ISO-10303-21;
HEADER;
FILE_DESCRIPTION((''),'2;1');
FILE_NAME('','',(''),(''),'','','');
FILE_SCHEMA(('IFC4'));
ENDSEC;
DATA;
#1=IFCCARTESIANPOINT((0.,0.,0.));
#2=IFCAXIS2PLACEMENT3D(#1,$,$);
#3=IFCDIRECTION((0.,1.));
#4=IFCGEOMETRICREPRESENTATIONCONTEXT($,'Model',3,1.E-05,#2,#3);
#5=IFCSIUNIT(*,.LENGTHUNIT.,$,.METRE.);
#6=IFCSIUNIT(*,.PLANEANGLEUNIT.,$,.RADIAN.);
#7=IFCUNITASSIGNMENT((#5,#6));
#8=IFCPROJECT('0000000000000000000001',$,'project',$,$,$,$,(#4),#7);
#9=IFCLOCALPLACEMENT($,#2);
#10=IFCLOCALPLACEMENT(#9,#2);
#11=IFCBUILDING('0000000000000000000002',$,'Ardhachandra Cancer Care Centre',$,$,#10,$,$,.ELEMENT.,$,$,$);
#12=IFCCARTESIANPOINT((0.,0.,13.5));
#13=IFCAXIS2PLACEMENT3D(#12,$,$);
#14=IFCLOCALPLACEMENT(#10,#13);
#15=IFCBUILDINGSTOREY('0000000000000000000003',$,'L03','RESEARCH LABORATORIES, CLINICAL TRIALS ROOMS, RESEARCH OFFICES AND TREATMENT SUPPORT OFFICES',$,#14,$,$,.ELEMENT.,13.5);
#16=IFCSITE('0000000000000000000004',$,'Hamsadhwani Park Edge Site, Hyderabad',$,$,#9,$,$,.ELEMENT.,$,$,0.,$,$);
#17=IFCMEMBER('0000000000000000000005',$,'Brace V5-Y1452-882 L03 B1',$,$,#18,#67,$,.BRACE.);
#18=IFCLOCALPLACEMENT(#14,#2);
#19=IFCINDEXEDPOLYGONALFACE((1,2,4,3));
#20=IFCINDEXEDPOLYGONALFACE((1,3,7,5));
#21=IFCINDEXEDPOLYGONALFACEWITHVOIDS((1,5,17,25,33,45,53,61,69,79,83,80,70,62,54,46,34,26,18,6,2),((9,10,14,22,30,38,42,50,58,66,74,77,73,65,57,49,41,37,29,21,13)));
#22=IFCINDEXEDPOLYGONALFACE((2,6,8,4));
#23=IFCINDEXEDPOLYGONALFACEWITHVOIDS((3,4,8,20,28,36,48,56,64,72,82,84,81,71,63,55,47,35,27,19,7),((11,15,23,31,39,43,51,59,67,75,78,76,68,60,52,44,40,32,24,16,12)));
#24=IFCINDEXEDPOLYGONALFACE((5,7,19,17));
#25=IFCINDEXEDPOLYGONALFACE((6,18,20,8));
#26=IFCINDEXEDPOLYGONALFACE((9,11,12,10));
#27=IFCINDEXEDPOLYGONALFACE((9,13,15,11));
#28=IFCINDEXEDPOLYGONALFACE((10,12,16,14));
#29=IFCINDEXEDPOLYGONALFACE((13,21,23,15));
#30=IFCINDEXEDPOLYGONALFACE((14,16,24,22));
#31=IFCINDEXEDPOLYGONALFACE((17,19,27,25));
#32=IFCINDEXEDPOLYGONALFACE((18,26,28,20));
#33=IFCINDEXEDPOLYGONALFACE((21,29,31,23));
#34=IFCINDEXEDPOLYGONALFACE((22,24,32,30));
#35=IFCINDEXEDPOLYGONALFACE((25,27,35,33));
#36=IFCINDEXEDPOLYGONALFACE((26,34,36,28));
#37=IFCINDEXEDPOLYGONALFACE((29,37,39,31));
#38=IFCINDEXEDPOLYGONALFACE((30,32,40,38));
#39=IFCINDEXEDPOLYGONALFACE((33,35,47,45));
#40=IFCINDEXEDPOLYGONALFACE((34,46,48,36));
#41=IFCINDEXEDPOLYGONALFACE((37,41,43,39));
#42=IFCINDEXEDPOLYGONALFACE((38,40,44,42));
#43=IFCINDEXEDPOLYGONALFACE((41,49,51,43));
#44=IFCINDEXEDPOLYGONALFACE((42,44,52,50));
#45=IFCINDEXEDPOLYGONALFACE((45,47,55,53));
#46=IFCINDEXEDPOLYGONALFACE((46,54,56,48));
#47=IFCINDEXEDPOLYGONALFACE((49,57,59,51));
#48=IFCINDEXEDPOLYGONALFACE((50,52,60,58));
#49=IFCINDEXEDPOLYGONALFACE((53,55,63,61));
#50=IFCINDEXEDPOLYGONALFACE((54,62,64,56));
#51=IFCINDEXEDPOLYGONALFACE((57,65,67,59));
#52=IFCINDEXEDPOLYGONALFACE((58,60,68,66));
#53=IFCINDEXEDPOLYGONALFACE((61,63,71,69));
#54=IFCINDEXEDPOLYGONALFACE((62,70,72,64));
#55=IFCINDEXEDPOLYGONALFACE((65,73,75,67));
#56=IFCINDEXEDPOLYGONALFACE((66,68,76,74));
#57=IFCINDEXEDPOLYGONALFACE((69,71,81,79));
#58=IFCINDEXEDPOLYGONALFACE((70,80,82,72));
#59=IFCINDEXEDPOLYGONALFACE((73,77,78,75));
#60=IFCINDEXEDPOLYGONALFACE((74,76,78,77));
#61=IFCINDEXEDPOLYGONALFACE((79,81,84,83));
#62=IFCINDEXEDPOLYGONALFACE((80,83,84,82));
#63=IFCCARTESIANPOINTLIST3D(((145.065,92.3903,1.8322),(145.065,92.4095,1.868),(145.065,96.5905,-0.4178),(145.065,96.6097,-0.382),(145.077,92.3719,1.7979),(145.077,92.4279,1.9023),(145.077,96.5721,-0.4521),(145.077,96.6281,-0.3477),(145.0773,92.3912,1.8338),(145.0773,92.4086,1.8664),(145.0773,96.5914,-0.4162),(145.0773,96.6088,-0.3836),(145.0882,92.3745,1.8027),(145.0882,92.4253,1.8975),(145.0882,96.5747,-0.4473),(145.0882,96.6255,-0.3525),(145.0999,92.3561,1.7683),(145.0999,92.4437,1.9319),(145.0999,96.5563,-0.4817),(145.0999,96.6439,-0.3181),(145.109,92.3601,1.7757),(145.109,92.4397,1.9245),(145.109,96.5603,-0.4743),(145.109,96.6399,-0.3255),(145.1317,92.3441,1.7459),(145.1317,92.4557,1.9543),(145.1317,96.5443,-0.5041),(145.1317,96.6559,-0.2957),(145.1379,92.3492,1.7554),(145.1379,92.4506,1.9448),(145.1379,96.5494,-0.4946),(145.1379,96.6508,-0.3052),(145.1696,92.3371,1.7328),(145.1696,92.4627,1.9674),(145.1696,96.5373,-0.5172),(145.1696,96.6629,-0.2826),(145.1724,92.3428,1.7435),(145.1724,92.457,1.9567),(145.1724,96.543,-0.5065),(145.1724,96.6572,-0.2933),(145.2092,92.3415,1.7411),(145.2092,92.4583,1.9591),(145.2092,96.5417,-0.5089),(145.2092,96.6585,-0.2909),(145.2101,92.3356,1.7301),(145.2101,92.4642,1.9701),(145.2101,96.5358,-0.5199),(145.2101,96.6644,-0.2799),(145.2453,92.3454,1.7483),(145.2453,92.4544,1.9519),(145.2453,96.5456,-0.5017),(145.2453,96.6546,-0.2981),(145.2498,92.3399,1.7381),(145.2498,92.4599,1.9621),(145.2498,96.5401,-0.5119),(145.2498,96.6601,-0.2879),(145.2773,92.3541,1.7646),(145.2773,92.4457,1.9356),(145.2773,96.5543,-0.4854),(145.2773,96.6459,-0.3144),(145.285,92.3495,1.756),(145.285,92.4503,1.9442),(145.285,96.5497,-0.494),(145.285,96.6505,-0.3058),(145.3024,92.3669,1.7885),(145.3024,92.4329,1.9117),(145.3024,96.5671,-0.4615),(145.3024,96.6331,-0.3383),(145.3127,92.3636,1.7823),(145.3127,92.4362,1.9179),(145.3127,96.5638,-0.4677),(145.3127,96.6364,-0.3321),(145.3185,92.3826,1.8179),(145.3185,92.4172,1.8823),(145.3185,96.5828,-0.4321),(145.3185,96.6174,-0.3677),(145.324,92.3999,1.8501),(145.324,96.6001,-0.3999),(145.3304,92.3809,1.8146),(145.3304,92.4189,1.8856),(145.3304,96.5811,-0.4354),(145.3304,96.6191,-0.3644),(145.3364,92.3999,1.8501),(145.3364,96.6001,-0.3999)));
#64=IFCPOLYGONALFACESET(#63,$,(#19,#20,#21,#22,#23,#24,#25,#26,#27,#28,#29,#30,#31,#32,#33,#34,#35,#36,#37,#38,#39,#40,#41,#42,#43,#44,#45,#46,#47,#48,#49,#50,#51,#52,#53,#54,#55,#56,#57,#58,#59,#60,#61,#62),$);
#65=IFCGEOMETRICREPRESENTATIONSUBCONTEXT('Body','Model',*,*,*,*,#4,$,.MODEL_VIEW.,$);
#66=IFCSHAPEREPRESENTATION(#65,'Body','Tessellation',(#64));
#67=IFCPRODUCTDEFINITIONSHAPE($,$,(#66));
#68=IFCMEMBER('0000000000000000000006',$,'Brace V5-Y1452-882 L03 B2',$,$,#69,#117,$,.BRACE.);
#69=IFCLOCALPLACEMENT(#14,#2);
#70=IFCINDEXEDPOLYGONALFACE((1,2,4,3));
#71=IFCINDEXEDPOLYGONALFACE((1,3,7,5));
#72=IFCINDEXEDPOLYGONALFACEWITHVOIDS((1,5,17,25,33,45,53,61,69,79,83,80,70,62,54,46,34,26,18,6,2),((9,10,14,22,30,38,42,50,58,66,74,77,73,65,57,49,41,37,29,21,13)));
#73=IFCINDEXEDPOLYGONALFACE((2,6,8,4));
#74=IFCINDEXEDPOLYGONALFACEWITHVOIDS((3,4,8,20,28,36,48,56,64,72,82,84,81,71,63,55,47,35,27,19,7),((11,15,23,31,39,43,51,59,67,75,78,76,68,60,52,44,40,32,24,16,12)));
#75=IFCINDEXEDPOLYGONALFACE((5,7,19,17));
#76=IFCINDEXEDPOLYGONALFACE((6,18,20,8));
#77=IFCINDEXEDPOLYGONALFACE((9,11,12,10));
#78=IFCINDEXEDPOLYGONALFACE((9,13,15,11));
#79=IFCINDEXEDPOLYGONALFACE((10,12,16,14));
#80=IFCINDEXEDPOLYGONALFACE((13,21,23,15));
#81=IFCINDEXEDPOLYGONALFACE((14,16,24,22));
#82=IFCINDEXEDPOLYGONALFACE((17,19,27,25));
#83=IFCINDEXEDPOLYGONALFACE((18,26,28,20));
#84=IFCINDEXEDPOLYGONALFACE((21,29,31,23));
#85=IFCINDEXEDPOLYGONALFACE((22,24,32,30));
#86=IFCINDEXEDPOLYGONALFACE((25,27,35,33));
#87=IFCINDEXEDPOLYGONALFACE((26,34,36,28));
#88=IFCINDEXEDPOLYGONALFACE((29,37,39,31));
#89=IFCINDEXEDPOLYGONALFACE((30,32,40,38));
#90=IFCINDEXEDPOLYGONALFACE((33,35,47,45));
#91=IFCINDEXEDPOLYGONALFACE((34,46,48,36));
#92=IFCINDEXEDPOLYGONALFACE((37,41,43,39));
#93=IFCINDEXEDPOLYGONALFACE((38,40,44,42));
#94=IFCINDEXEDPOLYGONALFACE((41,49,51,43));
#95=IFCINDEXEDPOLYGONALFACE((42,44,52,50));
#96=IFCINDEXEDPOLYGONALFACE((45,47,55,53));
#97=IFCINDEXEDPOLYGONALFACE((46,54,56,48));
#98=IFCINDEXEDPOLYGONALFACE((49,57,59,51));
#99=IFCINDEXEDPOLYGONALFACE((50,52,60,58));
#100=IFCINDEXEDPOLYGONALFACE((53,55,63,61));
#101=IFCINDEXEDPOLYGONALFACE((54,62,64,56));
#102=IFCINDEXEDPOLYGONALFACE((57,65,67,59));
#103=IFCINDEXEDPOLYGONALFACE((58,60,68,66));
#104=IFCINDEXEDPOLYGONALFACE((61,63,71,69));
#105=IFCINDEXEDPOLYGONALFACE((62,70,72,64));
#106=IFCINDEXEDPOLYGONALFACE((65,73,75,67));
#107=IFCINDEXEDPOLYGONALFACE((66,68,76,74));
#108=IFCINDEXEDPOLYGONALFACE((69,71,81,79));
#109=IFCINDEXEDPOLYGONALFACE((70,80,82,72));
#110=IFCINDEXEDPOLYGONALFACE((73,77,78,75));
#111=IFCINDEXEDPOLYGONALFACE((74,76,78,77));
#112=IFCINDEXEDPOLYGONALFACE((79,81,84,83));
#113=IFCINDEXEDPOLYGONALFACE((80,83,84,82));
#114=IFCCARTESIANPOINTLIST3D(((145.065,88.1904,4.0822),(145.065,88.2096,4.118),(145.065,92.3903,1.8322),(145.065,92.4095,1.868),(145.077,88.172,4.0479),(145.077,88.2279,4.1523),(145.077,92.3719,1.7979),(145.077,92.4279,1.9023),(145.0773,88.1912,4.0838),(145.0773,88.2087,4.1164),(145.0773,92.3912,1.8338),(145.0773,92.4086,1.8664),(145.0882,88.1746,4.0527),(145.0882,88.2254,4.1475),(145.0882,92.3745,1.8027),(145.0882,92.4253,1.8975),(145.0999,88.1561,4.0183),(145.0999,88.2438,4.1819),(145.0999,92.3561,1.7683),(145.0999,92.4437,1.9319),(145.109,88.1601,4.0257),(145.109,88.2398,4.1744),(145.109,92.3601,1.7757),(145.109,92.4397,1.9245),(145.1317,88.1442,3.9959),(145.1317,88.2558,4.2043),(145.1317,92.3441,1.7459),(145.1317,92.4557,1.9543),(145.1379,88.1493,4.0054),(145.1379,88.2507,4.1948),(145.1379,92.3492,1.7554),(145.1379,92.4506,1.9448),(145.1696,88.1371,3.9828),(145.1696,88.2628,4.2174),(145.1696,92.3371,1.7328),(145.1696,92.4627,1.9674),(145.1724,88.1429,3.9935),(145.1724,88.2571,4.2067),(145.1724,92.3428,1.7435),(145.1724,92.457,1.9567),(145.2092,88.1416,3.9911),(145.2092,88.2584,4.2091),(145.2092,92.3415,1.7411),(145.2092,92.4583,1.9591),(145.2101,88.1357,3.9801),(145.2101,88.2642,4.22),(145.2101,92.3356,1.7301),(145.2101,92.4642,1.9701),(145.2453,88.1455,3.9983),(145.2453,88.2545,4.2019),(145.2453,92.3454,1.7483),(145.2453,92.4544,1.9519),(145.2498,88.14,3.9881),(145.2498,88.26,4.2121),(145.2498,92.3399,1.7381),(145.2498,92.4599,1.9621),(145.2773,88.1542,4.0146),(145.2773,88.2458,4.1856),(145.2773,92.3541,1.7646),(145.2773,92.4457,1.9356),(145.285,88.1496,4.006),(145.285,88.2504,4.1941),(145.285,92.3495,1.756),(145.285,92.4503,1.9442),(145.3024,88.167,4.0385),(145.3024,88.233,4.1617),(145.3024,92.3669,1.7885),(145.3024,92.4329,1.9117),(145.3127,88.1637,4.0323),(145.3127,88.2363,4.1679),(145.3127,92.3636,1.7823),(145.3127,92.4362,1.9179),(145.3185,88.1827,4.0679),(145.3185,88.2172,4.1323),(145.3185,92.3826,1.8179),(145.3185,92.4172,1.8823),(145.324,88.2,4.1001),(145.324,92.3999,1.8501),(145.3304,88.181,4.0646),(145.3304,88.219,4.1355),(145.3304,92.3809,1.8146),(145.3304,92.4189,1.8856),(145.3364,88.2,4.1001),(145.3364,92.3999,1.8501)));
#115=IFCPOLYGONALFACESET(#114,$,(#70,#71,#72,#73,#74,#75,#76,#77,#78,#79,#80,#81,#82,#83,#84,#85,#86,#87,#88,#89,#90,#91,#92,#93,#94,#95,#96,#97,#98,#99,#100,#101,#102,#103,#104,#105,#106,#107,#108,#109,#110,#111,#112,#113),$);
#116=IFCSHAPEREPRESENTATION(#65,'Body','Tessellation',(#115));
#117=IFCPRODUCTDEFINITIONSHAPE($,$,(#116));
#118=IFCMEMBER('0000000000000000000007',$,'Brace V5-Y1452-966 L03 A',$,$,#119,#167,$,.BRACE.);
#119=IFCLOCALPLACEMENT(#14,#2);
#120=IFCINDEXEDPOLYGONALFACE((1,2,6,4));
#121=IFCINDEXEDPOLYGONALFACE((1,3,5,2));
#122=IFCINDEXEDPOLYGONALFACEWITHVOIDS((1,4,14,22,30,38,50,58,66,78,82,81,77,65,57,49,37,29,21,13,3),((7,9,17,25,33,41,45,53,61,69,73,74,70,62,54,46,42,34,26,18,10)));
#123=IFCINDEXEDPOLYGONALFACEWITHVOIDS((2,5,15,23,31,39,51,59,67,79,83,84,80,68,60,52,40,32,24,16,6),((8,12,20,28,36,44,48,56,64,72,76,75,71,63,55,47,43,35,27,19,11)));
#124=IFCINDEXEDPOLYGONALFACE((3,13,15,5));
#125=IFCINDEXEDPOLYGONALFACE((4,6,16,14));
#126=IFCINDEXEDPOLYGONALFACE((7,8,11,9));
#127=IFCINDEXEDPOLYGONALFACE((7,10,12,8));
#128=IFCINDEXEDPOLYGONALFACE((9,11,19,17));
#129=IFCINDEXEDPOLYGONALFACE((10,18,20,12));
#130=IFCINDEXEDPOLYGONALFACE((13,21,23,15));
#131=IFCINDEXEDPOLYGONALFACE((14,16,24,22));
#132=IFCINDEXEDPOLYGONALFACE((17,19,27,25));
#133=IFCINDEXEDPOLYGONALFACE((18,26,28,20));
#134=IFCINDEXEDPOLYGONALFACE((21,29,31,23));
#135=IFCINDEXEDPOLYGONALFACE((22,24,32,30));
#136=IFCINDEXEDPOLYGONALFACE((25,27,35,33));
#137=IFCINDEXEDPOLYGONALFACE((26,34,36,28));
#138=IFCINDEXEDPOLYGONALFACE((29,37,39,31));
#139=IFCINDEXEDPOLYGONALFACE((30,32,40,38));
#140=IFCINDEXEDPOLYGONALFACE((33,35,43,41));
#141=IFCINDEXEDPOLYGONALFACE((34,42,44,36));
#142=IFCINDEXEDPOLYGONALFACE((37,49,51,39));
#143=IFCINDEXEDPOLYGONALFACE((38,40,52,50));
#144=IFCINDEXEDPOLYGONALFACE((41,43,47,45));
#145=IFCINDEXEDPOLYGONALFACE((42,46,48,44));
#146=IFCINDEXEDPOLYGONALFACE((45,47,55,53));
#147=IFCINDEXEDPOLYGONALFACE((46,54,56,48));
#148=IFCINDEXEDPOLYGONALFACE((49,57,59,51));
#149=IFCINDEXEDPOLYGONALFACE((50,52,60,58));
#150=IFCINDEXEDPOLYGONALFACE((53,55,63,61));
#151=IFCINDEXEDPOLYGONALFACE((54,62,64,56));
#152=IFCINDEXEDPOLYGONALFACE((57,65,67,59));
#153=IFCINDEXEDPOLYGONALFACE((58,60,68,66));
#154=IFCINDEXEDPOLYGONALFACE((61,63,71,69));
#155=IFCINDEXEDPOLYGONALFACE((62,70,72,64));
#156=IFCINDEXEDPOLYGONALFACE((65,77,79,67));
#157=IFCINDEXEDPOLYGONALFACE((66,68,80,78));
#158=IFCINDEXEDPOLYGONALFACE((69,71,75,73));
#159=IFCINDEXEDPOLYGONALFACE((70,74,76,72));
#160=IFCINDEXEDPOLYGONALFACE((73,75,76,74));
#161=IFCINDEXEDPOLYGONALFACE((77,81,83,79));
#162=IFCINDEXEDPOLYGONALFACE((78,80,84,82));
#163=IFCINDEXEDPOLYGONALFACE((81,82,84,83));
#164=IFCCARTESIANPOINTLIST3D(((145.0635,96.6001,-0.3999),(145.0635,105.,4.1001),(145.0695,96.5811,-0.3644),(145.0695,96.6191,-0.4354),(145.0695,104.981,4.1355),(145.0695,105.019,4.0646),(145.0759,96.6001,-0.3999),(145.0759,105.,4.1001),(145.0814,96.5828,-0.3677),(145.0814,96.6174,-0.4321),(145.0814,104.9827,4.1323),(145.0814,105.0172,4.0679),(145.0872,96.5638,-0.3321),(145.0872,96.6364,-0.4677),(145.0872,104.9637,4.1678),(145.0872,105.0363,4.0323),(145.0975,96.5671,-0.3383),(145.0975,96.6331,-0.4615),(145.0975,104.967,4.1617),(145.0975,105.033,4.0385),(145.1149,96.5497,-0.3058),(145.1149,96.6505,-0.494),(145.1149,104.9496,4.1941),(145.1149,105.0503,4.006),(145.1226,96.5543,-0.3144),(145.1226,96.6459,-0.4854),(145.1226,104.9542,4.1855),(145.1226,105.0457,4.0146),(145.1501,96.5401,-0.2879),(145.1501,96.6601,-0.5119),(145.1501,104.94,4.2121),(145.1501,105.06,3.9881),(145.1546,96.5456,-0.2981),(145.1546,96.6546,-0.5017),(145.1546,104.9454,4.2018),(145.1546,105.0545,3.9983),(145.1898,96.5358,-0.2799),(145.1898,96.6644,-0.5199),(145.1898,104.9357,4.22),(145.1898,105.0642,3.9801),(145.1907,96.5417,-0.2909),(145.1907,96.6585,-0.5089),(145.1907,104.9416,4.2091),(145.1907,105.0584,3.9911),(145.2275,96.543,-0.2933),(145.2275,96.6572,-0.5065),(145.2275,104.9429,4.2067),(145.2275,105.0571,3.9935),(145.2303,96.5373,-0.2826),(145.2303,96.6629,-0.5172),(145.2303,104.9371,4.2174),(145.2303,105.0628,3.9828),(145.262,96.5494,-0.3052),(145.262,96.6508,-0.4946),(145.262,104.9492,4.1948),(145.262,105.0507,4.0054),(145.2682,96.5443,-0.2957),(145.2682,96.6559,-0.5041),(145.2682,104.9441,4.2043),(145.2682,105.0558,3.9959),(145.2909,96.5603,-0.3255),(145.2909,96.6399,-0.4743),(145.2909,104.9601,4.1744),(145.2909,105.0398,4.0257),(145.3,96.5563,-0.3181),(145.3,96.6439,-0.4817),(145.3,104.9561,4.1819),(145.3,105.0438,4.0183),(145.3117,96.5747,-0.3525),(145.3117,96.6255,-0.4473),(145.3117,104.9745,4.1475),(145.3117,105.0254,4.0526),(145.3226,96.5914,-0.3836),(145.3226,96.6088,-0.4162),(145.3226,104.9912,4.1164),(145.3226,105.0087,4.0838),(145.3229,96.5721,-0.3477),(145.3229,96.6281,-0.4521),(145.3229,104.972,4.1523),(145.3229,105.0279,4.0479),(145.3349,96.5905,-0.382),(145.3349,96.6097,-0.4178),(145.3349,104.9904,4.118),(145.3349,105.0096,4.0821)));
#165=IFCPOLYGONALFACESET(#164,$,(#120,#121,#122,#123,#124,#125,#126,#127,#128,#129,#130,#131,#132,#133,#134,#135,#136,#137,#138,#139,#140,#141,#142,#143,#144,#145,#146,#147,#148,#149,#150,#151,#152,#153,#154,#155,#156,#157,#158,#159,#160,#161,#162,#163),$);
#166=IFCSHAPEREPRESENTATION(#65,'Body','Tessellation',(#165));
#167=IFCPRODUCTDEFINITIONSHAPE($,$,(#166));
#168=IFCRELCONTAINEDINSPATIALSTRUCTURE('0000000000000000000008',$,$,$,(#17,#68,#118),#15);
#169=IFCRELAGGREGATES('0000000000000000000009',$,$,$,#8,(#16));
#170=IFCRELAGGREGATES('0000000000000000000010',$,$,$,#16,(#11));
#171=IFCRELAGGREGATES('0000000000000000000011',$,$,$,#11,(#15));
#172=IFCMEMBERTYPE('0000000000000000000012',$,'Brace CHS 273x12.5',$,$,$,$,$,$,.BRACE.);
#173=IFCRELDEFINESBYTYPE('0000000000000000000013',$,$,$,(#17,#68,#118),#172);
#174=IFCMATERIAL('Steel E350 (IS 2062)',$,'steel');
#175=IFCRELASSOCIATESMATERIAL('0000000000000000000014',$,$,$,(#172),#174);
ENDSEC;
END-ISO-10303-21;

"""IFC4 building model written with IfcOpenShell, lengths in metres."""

from ifc_helpers import new_model, si_unit, direction, frame, origin, origin_2d, place, context, subcontext, project, spatial, hollow_circle, extrude, material, material_profile, profile_set, type_object, element, save


model = new_model("IFC4")

# Units and contexts
model_context = context("Model", 3, precision=1e-05, world=origin(), true_north=direction((0.0, 1.0)))
body_context = subcontext(model_context, "Body", "Model", "MODEL_VIEW")
ifc_project = project(units=[si_unit("LENGTHUNIT", "METRE"), si_unit("PLANEANGLEUNIT", "RADIAN")], contexts=[model_context])

# Site, building, storey
site_placement = place(None, origin())
site = spatial("IfcSite", under=ifc_project, at=site_placement, Name="Hamsadhwani Park Edge Site, Hyderabad", CompositionType="ELEMENT", RefElevation=0.0)
building_placement = place(site_placement, origin())
building = spatial("IfcBuilding", under=site, at=building_placement, Name="Ardhachandra Cancer Care Centre", CompositionType="ELEMENT")
storey_placement = place(building_placement, frame((0.0, 0.0, 13.5)))
storey = spatial("IfcBuildingStorey", under=building, at=storey_placement, Name="L03", Description="RESEARCH LABORATORIES, CLINICAL TRIALS ROOMS, RESEARCH OFFICES AND TREATMENT SUPPORT OFFICES", CompositionType="ELEMENT", Elevation=13.5)

# Members
ifc_material_1 = material(Name="Steel E350 (IS 2062)", Category="steel")
ifc_material_profile_1 = material_profile(ifc_material_1, hollow_circle(Radius=0.1365, WallThickness=0.0125, at=origin_2d()), Name="CHS 273x12.5")
ifc_profile_set_1 = profile_set([ifc_material_profile_1], Name="Steel E350 (IS 2062)")
member_type_1 = type_object("IfcMemberType", Name="Brace CHS 273x12.5", PredefinedType="BRACE", material=ifc_profile_set_1)
member_1_placement = place(storey_placement, frame((145.2, 96.6001, -0.3999), z_axis=(0.0, -0.881489, 0.472204), x_axis=(1.0, 0.0, 0.0)))
element("IfcMember", 1, at=member_1_placement, inside=storey, type_object=member_type_1, Name="Brace V5-Y1452-882 L03 B1", PredefinedType="BRACE", context=body_context, shape_type="SweptSolid", body=[
    extrude(hollow_circle(Radius=0.1365, WallThickness=0.0125, at=origin_2d()), origin(), (0.0, 0.0, 1.0), 4.7649),
])
member_2_placement = place(storey_placement, frame((145.2, 92.3999, 1.8501), z_axis=(0.0, -0.881478, 0.472226), x_axis=(1.0, 0.0, 0.0)))
element("IfcMember", 2, at=member_2_placement, inside=storey, type_object=member_type_1, Name="Brace V5-Y1452-882 L03 B2", PredefinedType="BRACE", context=body_context, shape_type="SweptSolid", body=[
    extrude(hollow_circle(Radius=0.1365, WallThickness=0.0125, at=origin_2d()), origin(), (0.0, 0.0, 1.0), 4.7646),
])
member_3_placement = place(storey_placement, frame((145.2, 96.6001, -0.3999), z_axis=(0.0, 0.881478, 0.472226), x_axis=(-1.0, 0.0, 0.0)))
element("IfcMember", 3, at=member_3_placement, inside=storey, type_object=member_type_1, Name="Brace V5-Y1452-966 L03 A", PredefinedType="BRACE", context=body_context, shape_type="SweptSolid", body=[
    extrude(hollow_circle(Radius=0.1365, WallThickness=0.0125, at=origin_2d()), origin(), (0.0, 0.0, 1.0), 9.5293),
])

save(model, "model.ifc")
